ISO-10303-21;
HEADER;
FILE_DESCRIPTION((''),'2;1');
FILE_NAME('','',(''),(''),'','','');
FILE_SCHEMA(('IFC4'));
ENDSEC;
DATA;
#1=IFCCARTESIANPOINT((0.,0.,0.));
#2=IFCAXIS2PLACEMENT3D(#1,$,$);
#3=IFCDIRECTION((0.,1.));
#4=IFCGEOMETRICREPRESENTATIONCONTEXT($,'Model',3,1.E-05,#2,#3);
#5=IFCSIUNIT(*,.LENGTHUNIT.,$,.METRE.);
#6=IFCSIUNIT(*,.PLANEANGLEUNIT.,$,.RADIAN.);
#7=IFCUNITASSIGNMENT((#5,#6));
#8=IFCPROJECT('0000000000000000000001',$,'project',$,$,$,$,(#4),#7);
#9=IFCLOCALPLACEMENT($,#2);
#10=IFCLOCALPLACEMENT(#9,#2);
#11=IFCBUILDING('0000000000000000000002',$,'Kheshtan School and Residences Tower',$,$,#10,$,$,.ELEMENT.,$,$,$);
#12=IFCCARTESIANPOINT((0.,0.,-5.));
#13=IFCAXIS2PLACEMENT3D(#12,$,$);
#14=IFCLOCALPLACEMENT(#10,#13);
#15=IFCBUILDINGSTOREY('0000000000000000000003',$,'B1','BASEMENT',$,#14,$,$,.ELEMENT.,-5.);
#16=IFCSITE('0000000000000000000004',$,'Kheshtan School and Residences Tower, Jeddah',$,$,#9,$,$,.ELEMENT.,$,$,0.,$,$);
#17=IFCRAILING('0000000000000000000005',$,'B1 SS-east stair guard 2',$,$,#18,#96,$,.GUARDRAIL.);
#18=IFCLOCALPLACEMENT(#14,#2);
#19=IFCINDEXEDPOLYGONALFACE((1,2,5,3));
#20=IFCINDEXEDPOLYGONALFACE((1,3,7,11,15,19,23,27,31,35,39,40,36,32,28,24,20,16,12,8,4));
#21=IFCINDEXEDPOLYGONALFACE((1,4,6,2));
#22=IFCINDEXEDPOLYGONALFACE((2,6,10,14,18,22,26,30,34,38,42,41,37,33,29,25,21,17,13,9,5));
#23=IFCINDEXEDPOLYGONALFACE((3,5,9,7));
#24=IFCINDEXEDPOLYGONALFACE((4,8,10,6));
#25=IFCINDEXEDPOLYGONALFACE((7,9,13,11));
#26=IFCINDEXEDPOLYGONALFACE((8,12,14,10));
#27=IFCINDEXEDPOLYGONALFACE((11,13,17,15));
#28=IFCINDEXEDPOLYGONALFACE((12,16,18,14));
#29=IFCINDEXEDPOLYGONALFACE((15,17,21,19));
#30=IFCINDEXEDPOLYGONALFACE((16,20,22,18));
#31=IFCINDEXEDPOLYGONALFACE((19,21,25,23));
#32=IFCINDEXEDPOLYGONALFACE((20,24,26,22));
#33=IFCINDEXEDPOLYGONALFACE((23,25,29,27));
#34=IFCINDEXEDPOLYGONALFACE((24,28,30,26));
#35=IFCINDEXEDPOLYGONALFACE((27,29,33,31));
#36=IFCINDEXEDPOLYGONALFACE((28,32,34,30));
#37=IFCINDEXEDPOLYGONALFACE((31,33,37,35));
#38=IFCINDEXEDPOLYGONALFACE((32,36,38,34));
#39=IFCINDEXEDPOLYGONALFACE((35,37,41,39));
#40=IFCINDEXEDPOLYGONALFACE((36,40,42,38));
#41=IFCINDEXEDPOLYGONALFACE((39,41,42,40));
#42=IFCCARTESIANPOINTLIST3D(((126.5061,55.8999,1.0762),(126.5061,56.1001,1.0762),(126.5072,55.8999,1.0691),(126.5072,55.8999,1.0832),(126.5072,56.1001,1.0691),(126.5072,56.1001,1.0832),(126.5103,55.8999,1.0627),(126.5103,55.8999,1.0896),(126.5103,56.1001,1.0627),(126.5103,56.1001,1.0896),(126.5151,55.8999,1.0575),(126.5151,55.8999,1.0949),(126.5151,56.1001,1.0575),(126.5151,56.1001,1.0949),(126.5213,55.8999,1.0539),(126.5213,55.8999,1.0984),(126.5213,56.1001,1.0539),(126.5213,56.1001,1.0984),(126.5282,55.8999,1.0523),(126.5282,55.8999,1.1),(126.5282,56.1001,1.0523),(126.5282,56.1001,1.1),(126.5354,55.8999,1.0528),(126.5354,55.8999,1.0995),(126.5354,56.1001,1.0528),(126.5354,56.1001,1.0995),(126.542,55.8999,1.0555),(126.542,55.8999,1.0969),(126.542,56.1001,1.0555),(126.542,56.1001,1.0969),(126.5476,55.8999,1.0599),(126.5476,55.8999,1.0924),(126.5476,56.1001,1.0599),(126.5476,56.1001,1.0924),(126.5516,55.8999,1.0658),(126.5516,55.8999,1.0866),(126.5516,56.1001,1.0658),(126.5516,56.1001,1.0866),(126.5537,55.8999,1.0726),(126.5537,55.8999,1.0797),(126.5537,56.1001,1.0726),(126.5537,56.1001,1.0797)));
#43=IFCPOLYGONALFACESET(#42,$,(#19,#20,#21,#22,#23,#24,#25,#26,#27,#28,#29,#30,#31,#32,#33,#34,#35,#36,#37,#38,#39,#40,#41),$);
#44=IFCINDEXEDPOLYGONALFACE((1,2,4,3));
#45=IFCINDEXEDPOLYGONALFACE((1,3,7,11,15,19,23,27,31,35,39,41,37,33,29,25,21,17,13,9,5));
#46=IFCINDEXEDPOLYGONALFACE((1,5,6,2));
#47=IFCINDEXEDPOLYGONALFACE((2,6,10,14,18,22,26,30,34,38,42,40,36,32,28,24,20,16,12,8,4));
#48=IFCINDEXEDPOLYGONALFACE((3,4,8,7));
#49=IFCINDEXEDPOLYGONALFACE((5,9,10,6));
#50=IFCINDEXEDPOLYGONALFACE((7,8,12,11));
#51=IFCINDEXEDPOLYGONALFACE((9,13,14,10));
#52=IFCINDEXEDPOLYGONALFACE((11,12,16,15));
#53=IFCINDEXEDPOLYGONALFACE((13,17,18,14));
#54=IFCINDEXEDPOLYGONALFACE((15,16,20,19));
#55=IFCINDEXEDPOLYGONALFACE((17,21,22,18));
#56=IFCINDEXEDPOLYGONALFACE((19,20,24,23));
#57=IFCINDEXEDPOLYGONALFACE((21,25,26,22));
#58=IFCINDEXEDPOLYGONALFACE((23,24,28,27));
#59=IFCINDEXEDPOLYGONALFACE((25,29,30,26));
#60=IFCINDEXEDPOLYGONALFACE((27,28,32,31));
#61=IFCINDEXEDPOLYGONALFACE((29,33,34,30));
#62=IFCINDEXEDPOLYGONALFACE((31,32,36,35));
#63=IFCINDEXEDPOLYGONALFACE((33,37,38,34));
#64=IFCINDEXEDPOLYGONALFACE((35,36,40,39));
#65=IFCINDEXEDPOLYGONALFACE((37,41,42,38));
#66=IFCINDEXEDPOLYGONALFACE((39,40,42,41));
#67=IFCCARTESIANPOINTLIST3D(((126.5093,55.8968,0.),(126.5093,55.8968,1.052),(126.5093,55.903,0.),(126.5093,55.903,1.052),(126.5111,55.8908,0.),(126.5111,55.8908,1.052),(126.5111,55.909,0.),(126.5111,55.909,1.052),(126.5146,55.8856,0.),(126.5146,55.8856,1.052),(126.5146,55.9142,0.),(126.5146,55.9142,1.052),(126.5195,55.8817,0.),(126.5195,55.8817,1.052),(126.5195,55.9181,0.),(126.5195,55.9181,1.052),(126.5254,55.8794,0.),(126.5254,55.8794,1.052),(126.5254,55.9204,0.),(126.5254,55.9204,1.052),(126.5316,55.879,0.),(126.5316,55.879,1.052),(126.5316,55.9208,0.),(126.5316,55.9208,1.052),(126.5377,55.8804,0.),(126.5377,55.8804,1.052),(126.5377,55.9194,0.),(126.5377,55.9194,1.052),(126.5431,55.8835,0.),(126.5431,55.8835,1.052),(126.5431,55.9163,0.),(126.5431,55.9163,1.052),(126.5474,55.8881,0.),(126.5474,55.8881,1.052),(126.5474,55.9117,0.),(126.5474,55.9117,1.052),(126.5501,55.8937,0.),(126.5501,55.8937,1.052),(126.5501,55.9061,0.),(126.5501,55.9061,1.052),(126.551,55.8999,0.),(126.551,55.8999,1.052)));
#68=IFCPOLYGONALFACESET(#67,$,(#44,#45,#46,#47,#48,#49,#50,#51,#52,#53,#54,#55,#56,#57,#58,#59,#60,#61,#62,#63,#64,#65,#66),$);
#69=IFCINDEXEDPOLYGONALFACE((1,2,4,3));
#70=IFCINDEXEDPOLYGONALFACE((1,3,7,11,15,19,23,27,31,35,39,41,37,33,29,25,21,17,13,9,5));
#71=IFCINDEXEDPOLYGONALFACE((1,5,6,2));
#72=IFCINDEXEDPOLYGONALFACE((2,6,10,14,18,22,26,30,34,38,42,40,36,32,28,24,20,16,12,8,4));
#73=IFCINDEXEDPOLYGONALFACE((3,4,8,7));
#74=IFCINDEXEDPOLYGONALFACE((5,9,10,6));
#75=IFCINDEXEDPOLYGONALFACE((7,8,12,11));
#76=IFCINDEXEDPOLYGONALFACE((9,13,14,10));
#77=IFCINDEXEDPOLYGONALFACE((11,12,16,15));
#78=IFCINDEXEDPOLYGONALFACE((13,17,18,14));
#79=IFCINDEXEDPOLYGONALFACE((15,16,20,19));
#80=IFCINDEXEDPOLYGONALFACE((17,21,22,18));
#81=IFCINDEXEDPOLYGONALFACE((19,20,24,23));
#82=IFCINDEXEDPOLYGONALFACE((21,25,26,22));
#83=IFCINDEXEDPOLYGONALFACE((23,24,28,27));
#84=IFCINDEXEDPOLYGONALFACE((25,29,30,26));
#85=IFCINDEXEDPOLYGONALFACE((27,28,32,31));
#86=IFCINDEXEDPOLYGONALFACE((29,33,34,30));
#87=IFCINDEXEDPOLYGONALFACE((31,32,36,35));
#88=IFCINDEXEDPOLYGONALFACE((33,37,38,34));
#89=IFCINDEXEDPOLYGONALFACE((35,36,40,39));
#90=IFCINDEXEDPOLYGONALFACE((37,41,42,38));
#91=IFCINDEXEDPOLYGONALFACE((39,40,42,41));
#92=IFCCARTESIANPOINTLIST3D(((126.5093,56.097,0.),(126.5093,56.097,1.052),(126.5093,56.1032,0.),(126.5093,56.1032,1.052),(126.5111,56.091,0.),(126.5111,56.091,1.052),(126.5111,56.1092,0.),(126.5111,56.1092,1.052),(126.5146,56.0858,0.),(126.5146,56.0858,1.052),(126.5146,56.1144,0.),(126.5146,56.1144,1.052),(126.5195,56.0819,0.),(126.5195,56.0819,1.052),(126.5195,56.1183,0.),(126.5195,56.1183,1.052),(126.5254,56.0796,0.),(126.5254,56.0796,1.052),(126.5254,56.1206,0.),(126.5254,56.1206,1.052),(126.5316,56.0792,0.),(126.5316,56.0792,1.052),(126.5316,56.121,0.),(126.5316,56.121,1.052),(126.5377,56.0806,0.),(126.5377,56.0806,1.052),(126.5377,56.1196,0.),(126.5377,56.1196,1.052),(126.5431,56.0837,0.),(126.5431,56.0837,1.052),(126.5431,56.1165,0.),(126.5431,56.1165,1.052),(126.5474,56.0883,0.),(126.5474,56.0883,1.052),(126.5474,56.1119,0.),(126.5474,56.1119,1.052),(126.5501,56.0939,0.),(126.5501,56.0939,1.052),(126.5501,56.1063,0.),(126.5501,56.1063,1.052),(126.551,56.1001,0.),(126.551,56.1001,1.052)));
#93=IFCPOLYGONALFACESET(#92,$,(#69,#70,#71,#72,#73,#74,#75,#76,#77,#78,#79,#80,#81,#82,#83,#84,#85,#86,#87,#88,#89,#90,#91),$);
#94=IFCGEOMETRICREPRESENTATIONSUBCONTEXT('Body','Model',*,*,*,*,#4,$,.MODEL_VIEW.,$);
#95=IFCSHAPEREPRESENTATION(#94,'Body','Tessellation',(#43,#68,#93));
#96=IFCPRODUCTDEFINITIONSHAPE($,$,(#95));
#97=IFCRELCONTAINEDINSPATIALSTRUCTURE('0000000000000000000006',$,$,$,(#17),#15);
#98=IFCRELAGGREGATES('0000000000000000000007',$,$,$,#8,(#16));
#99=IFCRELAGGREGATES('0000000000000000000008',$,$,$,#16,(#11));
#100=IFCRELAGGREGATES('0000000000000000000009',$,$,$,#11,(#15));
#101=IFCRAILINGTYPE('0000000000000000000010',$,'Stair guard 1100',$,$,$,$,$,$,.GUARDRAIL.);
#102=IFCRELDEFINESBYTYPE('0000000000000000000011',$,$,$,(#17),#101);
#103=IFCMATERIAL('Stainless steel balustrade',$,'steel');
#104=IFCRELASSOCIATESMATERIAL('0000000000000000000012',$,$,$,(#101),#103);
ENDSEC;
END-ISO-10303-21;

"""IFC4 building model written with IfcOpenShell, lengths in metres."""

from ifc_helpers import new_model, si_unit, direction, frame, origin, origin_2d, place, context, subcontext, project, spatial, circle, extrude, material, type_object, element, save


model = new_model("IFC4")

# Units and contexts
model_context = context("Model", 3, precision=1e-05, world=origin(), true_north=direction((0.0, 1.0)))
body_context = subcontext(model_context, "Body", "Model", "MODEL_VIEW")
ifc_project = project(units=[si_unit("LENGTHUNIT", "METRE"), si_unit("PLANEANGLEUNIT", "RADIAN")], contexts=[model_context])

# Site, building, storey
site_placement = place(None, origin())
site = spatial("IfcSite", under=ifc_project, at=site_placement, Name="Kheshtan School and Residences Tower, Jeddah", CompositionType="ELEMENT", RefElevation=0.0)
building_placement = place(site_placement, origin())
building = spatial("IfcBuilding", under=site, at=building_placement, Name="Kheshtan School and Residences Tower", CompositionType="ELEMENT")
storey_placement = place(building_placement, frame((0.0, 0.0, -5.0)))
storey = spatial("IfcBuildingStorey", under=building, at=storey_placement, Name="B1", Description="BASEMENT", CompositionType="ELEMENT", Elevation=-5.0)

# Railing
ifc_material_1 = material(Name="Stainless steel balustrade", Category="steel")
railing_type_1 = type_object("IfcRailingType", Name="Stair guard 1100", PredefinedType="GUARDRAIL", material=ifc_material_1)
railing_1_placement = place(storey_placement, frame((126.53, 55.8999, 0.0)))
element("IfcRailing", 1, at=railing_1_placement, inside=storey, type_object=railing_type_1, Name="B1 SS-east stair guard 2", PredefinedType="GUARDRAIL", context=body_context, shape_type="SweptSolid", body=[
    extrude(circle(Radius=0.0239, at=origin_2d()), frame((0.0, 0.0, 1.0762), z_axis=(0.0, 1.0, 0.0), x_axis=(-1.0, 0.0, 0.0)), (0.0, 0.0, 1.0), 0.2002),
    extrude(circle(Radius=0.021, at=origin_2d()), origin(), (0.0, 0.0, 1.0), 1.052),
    extrude(circle(Radius=0.021, at=origin_2d()), frame((0.0, 0.2002, 0.0)), (0.0, 0.0, 1.0), 1.052),
])

save(model, "model.ifc")
